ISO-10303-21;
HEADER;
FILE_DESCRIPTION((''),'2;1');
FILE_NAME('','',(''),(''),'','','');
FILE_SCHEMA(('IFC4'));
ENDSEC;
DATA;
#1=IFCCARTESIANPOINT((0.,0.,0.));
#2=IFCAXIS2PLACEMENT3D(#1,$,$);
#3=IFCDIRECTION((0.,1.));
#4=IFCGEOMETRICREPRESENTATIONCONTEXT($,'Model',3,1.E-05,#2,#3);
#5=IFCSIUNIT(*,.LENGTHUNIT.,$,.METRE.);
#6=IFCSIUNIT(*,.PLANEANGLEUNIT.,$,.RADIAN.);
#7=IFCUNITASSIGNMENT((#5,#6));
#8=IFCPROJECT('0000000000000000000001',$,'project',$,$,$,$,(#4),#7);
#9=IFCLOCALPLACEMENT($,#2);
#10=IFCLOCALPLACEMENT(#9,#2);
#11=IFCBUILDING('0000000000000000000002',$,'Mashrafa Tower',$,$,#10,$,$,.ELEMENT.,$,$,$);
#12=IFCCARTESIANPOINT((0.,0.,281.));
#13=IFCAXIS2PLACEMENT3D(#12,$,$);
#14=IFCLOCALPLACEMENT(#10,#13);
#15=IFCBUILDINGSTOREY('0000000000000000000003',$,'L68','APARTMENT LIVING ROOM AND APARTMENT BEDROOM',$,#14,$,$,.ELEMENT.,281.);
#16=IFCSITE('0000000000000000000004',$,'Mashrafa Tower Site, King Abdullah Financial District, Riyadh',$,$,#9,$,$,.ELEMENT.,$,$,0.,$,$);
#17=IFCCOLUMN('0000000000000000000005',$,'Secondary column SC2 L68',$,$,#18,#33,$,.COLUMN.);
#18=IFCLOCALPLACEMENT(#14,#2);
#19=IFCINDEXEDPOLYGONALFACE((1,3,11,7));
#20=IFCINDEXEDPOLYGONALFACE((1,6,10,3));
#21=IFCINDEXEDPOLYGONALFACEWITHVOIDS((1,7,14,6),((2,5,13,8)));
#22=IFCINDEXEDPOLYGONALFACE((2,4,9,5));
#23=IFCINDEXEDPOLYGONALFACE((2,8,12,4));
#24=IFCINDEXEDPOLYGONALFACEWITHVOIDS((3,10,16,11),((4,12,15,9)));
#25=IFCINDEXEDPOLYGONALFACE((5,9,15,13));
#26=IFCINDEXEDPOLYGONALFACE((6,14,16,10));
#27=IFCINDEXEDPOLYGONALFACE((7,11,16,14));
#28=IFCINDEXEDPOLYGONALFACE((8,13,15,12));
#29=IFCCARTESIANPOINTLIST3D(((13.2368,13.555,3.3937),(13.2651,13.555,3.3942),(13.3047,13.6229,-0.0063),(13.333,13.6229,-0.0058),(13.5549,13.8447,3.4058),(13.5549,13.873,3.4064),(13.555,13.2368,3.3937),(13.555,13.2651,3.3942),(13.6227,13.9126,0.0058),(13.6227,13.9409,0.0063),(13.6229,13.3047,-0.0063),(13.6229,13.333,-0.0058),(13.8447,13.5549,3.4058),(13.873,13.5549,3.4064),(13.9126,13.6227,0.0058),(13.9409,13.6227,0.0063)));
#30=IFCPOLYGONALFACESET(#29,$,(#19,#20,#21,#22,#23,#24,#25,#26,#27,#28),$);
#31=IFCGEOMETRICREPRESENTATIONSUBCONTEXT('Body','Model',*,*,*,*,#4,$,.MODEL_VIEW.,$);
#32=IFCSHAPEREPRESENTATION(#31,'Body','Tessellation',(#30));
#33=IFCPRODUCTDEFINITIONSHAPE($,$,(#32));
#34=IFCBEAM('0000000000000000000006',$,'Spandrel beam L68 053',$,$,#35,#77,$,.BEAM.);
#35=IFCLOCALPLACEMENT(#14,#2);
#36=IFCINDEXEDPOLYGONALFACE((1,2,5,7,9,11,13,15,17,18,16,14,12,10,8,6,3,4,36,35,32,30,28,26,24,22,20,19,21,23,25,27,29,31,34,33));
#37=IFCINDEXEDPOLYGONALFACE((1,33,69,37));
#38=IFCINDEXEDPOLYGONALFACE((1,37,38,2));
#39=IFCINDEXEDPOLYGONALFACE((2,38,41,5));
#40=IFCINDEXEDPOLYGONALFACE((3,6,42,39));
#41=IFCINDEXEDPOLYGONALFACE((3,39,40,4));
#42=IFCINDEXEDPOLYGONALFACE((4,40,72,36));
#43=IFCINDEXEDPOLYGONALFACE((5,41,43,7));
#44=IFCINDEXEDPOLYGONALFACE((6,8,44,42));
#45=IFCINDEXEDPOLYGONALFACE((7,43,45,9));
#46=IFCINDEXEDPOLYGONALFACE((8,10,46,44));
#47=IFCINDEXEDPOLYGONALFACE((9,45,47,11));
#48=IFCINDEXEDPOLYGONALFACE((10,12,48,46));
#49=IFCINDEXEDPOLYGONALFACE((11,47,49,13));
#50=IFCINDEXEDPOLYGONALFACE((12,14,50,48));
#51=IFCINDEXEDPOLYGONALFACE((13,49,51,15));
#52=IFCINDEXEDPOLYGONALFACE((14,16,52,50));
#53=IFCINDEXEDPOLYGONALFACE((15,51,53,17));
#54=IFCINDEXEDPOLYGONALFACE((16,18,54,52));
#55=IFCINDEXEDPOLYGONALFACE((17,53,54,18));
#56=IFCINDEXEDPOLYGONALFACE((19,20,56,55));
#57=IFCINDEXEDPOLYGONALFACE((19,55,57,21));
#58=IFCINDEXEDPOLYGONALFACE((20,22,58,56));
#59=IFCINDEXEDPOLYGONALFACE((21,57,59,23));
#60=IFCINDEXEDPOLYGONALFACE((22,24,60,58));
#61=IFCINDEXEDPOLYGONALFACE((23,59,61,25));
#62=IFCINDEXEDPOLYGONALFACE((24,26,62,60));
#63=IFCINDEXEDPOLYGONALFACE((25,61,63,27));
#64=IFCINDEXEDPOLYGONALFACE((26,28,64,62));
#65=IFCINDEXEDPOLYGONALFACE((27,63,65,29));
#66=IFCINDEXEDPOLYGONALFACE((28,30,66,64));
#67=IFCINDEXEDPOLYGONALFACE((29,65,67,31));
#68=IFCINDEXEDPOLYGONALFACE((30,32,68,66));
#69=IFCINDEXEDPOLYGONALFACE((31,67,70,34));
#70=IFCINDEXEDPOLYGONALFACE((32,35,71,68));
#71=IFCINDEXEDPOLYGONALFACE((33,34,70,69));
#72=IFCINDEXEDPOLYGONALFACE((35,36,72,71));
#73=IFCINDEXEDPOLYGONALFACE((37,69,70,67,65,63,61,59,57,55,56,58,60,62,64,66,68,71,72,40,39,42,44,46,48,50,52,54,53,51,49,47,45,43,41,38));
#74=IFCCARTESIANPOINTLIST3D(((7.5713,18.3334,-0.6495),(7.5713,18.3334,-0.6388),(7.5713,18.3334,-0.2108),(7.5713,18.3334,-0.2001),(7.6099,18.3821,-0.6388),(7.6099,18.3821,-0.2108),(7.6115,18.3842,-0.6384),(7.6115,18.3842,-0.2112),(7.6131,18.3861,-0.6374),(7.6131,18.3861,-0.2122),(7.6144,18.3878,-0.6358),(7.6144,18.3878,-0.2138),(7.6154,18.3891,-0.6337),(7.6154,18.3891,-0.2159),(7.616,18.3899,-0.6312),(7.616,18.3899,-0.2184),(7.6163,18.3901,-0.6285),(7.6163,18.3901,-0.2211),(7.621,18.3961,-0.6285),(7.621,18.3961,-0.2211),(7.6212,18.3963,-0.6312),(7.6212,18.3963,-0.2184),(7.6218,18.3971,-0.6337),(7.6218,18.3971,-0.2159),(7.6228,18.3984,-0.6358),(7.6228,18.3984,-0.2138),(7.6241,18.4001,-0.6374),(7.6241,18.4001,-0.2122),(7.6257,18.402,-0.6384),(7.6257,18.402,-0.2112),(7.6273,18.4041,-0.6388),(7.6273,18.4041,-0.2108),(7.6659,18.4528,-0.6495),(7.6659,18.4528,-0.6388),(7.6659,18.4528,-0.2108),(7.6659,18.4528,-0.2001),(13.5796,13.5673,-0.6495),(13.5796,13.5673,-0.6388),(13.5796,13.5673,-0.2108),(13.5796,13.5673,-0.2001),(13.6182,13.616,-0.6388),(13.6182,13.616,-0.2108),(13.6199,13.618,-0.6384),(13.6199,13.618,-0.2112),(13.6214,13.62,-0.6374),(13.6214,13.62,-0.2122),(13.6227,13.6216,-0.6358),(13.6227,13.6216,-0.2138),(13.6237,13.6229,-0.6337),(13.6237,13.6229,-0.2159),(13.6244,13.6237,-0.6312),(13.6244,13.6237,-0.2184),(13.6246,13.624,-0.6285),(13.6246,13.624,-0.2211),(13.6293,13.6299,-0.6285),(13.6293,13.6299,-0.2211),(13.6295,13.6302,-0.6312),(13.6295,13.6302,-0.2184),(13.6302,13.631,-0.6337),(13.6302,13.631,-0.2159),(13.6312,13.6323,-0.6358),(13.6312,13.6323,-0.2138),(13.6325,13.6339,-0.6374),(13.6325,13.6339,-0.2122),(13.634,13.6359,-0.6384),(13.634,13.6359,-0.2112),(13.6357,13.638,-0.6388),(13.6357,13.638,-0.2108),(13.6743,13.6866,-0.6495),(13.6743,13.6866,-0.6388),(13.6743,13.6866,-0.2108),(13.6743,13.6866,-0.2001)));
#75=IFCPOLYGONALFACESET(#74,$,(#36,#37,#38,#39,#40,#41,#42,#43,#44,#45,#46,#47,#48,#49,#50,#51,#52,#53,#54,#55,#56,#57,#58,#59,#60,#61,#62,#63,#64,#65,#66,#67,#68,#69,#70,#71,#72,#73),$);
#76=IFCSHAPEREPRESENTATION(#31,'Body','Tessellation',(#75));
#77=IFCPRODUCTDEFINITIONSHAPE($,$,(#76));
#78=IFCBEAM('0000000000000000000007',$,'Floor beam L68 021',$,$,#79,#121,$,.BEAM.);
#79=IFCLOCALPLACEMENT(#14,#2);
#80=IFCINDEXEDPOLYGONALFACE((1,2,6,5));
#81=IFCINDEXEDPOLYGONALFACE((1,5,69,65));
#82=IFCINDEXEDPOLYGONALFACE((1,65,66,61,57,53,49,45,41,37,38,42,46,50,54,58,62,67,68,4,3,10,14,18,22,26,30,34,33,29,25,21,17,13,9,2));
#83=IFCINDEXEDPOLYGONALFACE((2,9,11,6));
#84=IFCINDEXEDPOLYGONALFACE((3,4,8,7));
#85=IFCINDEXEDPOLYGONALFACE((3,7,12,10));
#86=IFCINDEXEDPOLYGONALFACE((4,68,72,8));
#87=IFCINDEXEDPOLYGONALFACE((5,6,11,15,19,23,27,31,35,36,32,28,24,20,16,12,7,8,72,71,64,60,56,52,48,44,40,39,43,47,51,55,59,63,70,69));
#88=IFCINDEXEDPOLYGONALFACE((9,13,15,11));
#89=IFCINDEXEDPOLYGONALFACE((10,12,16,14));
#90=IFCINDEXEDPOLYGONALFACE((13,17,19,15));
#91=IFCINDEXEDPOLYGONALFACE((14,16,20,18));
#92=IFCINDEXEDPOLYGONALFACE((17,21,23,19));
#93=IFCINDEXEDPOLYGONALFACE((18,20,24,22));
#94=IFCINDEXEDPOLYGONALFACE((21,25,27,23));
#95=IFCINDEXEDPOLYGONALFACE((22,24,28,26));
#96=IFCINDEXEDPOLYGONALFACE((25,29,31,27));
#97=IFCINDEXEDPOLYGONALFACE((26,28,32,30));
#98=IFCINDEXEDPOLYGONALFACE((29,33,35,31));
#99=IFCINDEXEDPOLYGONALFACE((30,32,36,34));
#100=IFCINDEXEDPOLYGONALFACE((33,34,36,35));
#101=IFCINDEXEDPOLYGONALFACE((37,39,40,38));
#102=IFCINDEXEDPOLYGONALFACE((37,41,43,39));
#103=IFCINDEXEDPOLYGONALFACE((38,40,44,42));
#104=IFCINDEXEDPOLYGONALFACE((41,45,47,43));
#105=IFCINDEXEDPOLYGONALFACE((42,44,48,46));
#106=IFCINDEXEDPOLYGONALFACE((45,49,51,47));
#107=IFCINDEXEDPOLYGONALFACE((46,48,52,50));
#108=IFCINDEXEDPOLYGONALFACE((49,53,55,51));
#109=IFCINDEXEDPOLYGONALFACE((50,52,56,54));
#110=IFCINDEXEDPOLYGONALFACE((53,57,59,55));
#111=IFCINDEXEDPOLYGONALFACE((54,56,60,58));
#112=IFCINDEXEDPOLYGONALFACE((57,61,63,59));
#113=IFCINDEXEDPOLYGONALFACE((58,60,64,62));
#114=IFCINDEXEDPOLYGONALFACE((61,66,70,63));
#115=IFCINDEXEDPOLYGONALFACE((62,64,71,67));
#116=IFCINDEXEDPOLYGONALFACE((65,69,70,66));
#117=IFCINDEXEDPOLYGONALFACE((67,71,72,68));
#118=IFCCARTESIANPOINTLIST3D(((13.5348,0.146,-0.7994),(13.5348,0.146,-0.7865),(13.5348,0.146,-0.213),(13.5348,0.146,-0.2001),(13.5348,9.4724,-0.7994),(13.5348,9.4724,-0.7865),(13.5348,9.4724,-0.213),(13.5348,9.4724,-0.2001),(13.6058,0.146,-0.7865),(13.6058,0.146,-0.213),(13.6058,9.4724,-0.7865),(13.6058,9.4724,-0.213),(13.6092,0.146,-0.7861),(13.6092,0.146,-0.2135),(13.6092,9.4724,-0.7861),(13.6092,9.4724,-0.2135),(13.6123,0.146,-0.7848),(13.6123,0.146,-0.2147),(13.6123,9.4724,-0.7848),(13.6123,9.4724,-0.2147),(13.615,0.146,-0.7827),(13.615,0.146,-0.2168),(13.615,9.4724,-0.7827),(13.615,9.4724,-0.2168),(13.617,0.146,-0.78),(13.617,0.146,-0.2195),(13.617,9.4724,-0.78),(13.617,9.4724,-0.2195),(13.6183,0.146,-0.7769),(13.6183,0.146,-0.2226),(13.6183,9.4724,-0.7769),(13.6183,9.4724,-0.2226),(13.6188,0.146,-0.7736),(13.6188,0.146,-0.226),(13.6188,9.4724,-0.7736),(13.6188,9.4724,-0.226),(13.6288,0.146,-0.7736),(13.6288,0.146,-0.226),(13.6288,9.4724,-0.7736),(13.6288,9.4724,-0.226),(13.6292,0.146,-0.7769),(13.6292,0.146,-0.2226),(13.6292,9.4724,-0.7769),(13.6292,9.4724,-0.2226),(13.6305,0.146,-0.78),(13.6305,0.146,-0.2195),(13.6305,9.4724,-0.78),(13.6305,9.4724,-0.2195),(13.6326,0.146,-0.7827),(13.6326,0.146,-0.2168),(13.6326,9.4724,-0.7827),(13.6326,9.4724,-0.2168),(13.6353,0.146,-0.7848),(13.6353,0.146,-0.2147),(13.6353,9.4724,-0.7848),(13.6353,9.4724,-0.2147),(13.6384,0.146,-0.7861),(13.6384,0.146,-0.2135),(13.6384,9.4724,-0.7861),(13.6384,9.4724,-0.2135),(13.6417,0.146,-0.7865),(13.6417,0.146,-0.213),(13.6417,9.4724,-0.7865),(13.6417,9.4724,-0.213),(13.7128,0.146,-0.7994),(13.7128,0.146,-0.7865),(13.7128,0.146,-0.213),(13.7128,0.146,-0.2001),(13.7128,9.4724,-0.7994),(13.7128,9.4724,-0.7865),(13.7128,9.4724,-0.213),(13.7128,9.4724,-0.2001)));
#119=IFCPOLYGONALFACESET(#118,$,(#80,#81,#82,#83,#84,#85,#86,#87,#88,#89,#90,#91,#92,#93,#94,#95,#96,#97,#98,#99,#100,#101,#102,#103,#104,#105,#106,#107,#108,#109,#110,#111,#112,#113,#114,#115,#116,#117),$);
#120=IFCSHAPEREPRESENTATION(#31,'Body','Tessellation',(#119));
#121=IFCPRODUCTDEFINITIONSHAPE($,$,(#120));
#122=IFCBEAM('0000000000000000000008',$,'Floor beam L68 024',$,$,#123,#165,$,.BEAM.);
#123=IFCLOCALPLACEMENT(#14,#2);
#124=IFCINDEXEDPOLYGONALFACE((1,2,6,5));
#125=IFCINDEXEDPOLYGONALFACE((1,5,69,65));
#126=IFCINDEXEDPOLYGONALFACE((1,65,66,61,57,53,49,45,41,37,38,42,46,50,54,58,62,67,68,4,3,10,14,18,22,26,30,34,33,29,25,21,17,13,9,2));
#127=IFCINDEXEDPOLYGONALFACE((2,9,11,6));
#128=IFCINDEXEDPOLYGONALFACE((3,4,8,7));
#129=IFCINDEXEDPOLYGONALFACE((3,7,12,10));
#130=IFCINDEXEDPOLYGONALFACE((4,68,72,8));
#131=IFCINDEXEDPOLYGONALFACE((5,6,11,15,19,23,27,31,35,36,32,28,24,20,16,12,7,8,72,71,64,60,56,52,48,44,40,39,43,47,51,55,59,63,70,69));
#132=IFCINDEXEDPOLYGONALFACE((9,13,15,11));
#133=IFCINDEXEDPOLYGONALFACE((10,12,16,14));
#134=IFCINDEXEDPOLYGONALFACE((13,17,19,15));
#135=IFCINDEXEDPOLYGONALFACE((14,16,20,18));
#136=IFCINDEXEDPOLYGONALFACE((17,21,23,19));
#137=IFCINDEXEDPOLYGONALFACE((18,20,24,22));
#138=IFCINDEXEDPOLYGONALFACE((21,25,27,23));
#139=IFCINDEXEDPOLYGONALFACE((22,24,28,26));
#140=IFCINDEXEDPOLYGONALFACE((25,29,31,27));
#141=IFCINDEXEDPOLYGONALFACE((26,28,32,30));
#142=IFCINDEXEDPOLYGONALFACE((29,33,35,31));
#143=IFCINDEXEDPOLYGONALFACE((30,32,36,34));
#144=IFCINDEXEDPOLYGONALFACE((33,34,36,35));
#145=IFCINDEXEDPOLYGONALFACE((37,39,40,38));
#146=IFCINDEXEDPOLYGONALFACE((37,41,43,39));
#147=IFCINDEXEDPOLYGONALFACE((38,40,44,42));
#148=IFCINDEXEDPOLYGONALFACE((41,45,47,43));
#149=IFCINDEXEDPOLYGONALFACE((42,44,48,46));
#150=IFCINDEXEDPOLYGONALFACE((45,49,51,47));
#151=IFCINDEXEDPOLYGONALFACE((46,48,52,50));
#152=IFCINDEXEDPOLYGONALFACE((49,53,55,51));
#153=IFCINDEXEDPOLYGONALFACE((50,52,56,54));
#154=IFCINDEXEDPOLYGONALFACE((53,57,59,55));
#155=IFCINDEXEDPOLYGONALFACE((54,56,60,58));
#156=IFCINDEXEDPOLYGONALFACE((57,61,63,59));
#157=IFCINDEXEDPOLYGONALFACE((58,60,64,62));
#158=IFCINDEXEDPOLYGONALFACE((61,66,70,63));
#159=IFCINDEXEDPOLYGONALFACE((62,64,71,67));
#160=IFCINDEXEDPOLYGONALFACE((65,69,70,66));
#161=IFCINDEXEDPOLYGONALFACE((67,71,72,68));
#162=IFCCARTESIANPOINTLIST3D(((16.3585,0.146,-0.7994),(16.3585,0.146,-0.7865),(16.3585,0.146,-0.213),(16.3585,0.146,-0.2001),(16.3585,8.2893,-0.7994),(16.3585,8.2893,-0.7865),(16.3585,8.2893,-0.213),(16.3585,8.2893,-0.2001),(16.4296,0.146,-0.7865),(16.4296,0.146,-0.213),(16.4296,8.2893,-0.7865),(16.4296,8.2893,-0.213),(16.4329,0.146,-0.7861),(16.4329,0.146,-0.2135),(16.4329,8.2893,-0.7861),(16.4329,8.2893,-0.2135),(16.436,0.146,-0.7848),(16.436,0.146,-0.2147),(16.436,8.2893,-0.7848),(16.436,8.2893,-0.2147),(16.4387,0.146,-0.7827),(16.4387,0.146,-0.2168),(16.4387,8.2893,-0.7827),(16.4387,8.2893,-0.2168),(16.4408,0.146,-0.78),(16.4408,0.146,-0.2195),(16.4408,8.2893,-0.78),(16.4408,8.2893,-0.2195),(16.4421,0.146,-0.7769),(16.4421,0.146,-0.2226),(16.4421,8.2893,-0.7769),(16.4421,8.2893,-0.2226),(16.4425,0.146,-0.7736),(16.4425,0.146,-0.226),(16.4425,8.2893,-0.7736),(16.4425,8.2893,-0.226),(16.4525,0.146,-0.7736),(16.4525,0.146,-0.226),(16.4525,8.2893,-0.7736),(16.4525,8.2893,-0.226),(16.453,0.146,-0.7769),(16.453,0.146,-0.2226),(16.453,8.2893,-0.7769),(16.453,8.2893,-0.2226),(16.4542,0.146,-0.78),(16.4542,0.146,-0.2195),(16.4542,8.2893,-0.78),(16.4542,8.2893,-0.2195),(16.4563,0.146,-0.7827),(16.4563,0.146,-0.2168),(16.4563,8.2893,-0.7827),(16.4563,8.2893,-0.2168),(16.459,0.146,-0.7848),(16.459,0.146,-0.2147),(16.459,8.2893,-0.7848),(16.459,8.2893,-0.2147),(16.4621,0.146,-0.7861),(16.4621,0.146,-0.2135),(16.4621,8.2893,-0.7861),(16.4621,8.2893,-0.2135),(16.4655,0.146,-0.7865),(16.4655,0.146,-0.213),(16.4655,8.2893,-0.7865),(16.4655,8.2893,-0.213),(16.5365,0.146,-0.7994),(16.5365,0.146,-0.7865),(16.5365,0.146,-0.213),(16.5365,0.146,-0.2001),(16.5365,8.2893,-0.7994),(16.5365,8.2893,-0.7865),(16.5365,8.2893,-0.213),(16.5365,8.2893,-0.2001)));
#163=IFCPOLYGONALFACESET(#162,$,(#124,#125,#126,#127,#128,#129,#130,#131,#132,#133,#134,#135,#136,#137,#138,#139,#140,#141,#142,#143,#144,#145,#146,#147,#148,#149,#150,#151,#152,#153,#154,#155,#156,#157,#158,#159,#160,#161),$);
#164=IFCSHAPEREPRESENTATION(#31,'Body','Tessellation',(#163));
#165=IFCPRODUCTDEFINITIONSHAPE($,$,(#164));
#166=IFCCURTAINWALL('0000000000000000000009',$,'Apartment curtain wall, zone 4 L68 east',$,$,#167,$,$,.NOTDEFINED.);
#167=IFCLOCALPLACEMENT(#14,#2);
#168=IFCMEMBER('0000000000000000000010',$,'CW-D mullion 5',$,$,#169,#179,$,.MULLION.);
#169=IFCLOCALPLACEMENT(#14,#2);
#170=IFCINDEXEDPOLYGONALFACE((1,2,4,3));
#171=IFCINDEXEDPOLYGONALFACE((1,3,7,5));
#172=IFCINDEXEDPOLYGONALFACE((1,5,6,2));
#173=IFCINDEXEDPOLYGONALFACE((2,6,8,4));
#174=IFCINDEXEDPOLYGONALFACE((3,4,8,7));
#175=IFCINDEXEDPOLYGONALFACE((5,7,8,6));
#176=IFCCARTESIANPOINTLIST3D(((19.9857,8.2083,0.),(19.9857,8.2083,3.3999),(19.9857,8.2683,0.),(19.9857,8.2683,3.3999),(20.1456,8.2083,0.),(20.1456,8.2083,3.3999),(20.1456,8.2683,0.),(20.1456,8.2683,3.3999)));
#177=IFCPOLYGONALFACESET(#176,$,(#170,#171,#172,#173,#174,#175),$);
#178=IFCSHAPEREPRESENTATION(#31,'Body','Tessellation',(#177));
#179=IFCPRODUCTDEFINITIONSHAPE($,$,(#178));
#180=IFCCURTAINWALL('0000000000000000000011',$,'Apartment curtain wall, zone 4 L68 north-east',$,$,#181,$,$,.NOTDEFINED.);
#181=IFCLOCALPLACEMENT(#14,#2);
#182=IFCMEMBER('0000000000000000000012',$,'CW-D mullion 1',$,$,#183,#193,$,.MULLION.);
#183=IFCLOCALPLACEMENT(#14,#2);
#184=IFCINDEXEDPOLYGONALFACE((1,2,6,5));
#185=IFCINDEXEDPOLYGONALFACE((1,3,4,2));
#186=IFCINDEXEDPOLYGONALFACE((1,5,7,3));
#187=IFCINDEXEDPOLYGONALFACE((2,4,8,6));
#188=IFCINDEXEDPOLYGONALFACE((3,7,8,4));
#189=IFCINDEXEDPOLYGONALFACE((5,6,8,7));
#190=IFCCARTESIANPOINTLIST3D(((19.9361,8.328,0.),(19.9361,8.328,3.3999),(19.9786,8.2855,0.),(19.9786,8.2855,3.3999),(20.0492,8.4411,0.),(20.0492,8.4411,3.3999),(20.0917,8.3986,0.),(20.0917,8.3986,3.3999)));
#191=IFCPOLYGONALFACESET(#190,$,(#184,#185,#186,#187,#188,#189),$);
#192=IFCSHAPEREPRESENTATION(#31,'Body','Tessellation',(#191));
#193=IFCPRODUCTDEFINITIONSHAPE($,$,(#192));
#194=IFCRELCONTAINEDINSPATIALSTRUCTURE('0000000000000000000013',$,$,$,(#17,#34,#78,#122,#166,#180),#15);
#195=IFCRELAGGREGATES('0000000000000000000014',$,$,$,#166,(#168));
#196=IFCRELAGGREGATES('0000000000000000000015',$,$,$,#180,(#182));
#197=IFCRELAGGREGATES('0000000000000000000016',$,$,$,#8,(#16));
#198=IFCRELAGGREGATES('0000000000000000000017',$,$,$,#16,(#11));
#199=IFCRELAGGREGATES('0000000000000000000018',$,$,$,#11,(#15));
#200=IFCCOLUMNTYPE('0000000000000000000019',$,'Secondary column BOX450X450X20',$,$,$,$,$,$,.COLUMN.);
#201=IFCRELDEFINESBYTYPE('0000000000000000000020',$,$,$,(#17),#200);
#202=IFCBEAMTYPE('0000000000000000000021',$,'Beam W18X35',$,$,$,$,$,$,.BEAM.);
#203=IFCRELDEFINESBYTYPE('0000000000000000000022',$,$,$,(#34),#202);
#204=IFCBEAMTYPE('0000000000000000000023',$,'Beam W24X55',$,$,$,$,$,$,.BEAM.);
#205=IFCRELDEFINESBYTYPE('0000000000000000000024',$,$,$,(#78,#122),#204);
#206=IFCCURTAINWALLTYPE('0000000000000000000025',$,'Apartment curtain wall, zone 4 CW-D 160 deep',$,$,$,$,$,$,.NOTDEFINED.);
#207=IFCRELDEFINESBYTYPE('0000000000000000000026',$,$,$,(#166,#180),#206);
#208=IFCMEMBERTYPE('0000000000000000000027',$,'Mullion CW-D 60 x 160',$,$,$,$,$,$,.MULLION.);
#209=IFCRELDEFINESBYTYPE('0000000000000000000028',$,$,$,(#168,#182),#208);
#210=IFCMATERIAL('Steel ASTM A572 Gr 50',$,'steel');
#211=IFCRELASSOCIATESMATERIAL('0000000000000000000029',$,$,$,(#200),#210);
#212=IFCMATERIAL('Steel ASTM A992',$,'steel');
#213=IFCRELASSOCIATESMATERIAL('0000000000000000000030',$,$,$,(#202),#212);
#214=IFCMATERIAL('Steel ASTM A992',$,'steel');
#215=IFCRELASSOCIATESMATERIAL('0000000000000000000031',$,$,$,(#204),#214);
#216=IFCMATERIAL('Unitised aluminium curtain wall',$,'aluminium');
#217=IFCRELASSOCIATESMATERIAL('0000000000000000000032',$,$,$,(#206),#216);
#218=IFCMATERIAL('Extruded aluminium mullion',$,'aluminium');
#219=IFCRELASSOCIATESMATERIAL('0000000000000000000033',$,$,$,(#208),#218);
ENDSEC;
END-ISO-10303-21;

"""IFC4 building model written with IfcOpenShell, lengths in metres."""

from ifc_helpers import new_model, si_unit, direction, frame, origin, origin_2d, place, context, subcontext, project, spatial, rectangle, hollow_rectangle, i_section, extrude, source, transform, mapped, material, material_profile, profile_set, type_object, type_shapes, element, aggregate, save


model = new_model("IFC4")

# Units and contexts
model_context = context("Model", 3, precision=1e-05, world=origin(), true_north=direction((0.0, 1.0)))
body_context = subcontext(model_context, "Body", "Model", "MODEL_VIEW")
ifc_project = project(units=[si_unit("LENGTHUNIT", "METRE"), si_unit("PLANEANGLEUNIT", "RADIAN")], contexts=[model_context])

# Site, building, storey
site_placement = place(None, origin())
site = spatial("IfcSite", under=ifc_project, at=site_placement, Name="Mashrafa Tower Site, King Abdullah Financial District, Riyadh", CompositionType="ELEMENT", RefElevation=0.0)
building_placement = place(site_placement, origin())
building = spatial("IfcBuilding", under=site, at=building_placement, Name="Mashrafa Tower", CompositionType="ELEMENT")
storey_placement = place(building_placement, frame((0.0, 0.0, 281.0)))
storey = spatial("IfcBuildingStorey", under=building, at=storey_placement, Name="L68", Description="APARTMENT LIVING ROOM AND APARTMENT BEDROOM", CompositionType="ELEMENT", Elevation=281.0)

# Column
ifc_material_1 = material(Name="Steel ASTM A572 Gr 50", Category="steel")
ifc_material_profile_1 = material_profile(ifc_material_1, hollow_rectangle(XDim=0.45, YDim=0.45, WallThickness=0.02, at=origin_2d()), Name="BOX450X450X20")
ifc_profile_set_1 = profile_set([ifc_material_profile_1], Name="Steel ASTM A572 Gr 50")
column_type = type_object("IfcColumnType", Name="Secondary column BOX450X450X20", PredefinedType="COLUMN", material=ifc_profile_set_1)
column_placement = place(storey_placement, frame((13.6228, 13.6228, 0.0), z_axis=(-0.019955, -0.019955, 0.999602), x_axis=(0.707107, -0.707107, 0.0)))
element("IfcColumn", 1, at=column_placement, inside=storey, type_object=column_type, Name="Secondary column SC2 L68", PredefinedType="COLUMN", context=body_context, shape_type="SweptSolid", body=[
    extrude(hollow_rectangle(XDim=0.45, YDim=0.45, WallThickness=0.02, at=origin_2d()), origin(), (0.0, 0.0, 1.0), 3.4014),
])

# Beams
ifc_material_2 = material(Name="Steel ASTM A992", Category="steel")
ifc_material_profile_2 = material_profile(ifc_material_2, i_section(OverallWidth=0.1523, OverallDepth=0.4495, WebThickness=0.0076, FlangeThickness=0.0107, FilletRadius=0.0103, at=origin_2d()), Name="W18X35")
ifc_profile_set_2 = profile_set([ifc_material_profile_2], Name="Steel ASTM A992")
beam_type_1 = type_object("IfcBeamType", Name="Beam W18X35", PredefinedType="BEAM", material=ifc_profile_set_2)
beam_1_placement = place(storey_placement, frame((13.627, 13.627, -0.4248), z_axis=(-0.78344, 0.621467, 0.0), x_axis=(-0.621467, -0.78344, 0.0)))
element("IfcBeam", 2, at=beam_1_placement, inside=storey, type_object=beam_type_1, Name="Spandrel beam L68 053", PredefinedType="BEAM", context=body_context, shape_type="SweptSolid", body=[
    extrude(i_section(OverallWidth=0.1523, OverallDepth=0.4495, WebThickness=0.0076, FlangeThickness=0.0107, FilletRadius=0.0103, at=origin_2d()), origin(), (0.0, 0.0, 1.0), 7.6692),
])
ifc_material_3 = material(Name="Steel ASTM A992", Category="steel")
ifc_material_profile_3 = material_profile(ifc_material_3, i_section(OverallWidth=0.178, OverallDepth=0.5994, WebThickness=0.01, FlangeThickness=0.0129, FilletRadius=0.0129, at=origin_2d()), Name="W24X55")
ifc_profile_set_3 = profile_set([ifc_material_profile_3], Name="Steel ASTM A992")
beam_type_2 = type_object("IfcBeamType", Name="Beam W24X55", PredefinedType="BEAM", material=ifc_profile_set_3)
beam_2_placement = place(storey_placement, frame((13.6238, 9.4724, -0.4998), z_axis=(0.0, -1.0, 0.0), x_axis=(1.0, 0.0, 0.0)))
element("IfcBeam", 3, at=beam_2_placement, inside=storey, type_object=beam_type_2, Name="Floor beam L68 021", PredefinedType="BEAM", context=body_context, shape_type="SweptSolid", body=[
    extrude(i_section(OverallWidth=0.178, OverallDepth=0.5994, WebThickness=0.01, FlangeThickness=0.0129, FilletRadius=0.0129, at=origin_2d()), origin(), (0.0, 0.0, 1.0), 9.3264),
])
beam_3_placement = place(storey_placement, frame((16.4475, 8.2893, -0.4998), z_axis=(0.0, -1.0, 0.0), x_axis=(1.0, 0.0, 0.0)))
element("IfcBeam", 4, at=beam_3_placement, inside=storey, type_object=beam_type_2, Name="Floor beam L68 024", PredefinedType="BEAM", context=body_context, shape_type="SweptSolid", body=[
    extrude(i_section(OverallWidth=0.178, OverallDepth=0.5994, WebThickness=0.01, FlangeThickness=0.0129, FilletRadius=0.0129, at=origin_2d()), origin(), (0.0, 0.0, 1.0), 8.1433),
])

# Curtain wall, member
ifc_material_4 = material(Name="Unitised aluminium curtain wall", Category="aluminium")
curtain_wall_type = type_object("IfcCurtainWallType", Name="Apartment curtain wall, zone 4 CW-D 160 deep", PredefinedType="NOTDEFINED", material=ifc_material_4)
curtain_wall_1_placement = place(storey_placement, origin())
curtain_wall_1 = element("IfcCurtainWall", 5, at=curtain_wall_1_placement, inside=storey, type_object=curtain_wall_type, Name="Apartment curtain wall, zone 4 L68 east", PredefinedType="NOTDEFINED")
ifc_material_5 = material(Name="Extruded aluminium mullion", Category="aluminium")
ifc_material_profile_4 = material_profile(ifc_material_5, rectangle(XDim=0.1599, YDim=0.0601, at=origin_2d()), Name="Mullion 60x160")
ifc_profile_set_4 = profile_set([ifc_material_profile_4], Name="Extruded aluminium mullion")
member_type_1 = type_object("IfcMemberType", Name="Mullion CW-D 60 x 160", PredefinedType="MULLION", material=ifc_profile_set_4)
shared_shape_1 = source(origin(), body_context, "Body", "SweptSolid", [
    extrude(rectangle(XDim=0.1599, YDim=0.0601, at=origin_2d()), origin(), (0.0, 0.0, 1.0), 3.3999),
])
type_shapes(member_type_1, [shared_shape_1])
member_1_placement = place(storey_placement, frame((20.0657, 8.2383, 0.0), z_axis=(0.0, 0.0, 1.0), x_axis=(-1.0, 0.0, 0.0)))
member_1 = element("IfcMember", 6, at=member_1_placement, type_object=member_type_1, Name="CW-D mullion 5", PredefinedType="MULLION", context=body_context, shape_type="MappedRepresentation", body=[
    mapped(shared_shape_1, transform((0.0, 0.0, 0.0))),
])
aggregate(curtain_wall_1, [member_1])

# Curtain wall, member
curtain_wall_2_placement = place(storey_placement, origin())
curtain_wall_2 = element("IfcCurtainWall", 7, at=curtain_wall_2_placement, inside=storey, type_object=curtain_wall_type, Name="Apartment curtain wall, zone 4 L68 north-east", PredefinedType="NOTDEFINED")
member_2_placement = place(storey_placement, frame((20.0139, 8.3633, 0.0), z_axis=(0.0, 0.0, 1.0), x_axis=(-0.707107, -0.707107, 0.0)))
member_2 = element("IfcMember", 8, at=member_2_placement, type_object=member_type_1, Name="CW-D mullion 1", PredefinedType="MULLION", context=body_context, shape_type="MappedRepresentation", body=[
    mapped(shared_shape_1, transform((0.0, 0.0, 0.0))),
])
aggregate(curtain_wall_2, [member_2])

save(model, "model.ifc")
